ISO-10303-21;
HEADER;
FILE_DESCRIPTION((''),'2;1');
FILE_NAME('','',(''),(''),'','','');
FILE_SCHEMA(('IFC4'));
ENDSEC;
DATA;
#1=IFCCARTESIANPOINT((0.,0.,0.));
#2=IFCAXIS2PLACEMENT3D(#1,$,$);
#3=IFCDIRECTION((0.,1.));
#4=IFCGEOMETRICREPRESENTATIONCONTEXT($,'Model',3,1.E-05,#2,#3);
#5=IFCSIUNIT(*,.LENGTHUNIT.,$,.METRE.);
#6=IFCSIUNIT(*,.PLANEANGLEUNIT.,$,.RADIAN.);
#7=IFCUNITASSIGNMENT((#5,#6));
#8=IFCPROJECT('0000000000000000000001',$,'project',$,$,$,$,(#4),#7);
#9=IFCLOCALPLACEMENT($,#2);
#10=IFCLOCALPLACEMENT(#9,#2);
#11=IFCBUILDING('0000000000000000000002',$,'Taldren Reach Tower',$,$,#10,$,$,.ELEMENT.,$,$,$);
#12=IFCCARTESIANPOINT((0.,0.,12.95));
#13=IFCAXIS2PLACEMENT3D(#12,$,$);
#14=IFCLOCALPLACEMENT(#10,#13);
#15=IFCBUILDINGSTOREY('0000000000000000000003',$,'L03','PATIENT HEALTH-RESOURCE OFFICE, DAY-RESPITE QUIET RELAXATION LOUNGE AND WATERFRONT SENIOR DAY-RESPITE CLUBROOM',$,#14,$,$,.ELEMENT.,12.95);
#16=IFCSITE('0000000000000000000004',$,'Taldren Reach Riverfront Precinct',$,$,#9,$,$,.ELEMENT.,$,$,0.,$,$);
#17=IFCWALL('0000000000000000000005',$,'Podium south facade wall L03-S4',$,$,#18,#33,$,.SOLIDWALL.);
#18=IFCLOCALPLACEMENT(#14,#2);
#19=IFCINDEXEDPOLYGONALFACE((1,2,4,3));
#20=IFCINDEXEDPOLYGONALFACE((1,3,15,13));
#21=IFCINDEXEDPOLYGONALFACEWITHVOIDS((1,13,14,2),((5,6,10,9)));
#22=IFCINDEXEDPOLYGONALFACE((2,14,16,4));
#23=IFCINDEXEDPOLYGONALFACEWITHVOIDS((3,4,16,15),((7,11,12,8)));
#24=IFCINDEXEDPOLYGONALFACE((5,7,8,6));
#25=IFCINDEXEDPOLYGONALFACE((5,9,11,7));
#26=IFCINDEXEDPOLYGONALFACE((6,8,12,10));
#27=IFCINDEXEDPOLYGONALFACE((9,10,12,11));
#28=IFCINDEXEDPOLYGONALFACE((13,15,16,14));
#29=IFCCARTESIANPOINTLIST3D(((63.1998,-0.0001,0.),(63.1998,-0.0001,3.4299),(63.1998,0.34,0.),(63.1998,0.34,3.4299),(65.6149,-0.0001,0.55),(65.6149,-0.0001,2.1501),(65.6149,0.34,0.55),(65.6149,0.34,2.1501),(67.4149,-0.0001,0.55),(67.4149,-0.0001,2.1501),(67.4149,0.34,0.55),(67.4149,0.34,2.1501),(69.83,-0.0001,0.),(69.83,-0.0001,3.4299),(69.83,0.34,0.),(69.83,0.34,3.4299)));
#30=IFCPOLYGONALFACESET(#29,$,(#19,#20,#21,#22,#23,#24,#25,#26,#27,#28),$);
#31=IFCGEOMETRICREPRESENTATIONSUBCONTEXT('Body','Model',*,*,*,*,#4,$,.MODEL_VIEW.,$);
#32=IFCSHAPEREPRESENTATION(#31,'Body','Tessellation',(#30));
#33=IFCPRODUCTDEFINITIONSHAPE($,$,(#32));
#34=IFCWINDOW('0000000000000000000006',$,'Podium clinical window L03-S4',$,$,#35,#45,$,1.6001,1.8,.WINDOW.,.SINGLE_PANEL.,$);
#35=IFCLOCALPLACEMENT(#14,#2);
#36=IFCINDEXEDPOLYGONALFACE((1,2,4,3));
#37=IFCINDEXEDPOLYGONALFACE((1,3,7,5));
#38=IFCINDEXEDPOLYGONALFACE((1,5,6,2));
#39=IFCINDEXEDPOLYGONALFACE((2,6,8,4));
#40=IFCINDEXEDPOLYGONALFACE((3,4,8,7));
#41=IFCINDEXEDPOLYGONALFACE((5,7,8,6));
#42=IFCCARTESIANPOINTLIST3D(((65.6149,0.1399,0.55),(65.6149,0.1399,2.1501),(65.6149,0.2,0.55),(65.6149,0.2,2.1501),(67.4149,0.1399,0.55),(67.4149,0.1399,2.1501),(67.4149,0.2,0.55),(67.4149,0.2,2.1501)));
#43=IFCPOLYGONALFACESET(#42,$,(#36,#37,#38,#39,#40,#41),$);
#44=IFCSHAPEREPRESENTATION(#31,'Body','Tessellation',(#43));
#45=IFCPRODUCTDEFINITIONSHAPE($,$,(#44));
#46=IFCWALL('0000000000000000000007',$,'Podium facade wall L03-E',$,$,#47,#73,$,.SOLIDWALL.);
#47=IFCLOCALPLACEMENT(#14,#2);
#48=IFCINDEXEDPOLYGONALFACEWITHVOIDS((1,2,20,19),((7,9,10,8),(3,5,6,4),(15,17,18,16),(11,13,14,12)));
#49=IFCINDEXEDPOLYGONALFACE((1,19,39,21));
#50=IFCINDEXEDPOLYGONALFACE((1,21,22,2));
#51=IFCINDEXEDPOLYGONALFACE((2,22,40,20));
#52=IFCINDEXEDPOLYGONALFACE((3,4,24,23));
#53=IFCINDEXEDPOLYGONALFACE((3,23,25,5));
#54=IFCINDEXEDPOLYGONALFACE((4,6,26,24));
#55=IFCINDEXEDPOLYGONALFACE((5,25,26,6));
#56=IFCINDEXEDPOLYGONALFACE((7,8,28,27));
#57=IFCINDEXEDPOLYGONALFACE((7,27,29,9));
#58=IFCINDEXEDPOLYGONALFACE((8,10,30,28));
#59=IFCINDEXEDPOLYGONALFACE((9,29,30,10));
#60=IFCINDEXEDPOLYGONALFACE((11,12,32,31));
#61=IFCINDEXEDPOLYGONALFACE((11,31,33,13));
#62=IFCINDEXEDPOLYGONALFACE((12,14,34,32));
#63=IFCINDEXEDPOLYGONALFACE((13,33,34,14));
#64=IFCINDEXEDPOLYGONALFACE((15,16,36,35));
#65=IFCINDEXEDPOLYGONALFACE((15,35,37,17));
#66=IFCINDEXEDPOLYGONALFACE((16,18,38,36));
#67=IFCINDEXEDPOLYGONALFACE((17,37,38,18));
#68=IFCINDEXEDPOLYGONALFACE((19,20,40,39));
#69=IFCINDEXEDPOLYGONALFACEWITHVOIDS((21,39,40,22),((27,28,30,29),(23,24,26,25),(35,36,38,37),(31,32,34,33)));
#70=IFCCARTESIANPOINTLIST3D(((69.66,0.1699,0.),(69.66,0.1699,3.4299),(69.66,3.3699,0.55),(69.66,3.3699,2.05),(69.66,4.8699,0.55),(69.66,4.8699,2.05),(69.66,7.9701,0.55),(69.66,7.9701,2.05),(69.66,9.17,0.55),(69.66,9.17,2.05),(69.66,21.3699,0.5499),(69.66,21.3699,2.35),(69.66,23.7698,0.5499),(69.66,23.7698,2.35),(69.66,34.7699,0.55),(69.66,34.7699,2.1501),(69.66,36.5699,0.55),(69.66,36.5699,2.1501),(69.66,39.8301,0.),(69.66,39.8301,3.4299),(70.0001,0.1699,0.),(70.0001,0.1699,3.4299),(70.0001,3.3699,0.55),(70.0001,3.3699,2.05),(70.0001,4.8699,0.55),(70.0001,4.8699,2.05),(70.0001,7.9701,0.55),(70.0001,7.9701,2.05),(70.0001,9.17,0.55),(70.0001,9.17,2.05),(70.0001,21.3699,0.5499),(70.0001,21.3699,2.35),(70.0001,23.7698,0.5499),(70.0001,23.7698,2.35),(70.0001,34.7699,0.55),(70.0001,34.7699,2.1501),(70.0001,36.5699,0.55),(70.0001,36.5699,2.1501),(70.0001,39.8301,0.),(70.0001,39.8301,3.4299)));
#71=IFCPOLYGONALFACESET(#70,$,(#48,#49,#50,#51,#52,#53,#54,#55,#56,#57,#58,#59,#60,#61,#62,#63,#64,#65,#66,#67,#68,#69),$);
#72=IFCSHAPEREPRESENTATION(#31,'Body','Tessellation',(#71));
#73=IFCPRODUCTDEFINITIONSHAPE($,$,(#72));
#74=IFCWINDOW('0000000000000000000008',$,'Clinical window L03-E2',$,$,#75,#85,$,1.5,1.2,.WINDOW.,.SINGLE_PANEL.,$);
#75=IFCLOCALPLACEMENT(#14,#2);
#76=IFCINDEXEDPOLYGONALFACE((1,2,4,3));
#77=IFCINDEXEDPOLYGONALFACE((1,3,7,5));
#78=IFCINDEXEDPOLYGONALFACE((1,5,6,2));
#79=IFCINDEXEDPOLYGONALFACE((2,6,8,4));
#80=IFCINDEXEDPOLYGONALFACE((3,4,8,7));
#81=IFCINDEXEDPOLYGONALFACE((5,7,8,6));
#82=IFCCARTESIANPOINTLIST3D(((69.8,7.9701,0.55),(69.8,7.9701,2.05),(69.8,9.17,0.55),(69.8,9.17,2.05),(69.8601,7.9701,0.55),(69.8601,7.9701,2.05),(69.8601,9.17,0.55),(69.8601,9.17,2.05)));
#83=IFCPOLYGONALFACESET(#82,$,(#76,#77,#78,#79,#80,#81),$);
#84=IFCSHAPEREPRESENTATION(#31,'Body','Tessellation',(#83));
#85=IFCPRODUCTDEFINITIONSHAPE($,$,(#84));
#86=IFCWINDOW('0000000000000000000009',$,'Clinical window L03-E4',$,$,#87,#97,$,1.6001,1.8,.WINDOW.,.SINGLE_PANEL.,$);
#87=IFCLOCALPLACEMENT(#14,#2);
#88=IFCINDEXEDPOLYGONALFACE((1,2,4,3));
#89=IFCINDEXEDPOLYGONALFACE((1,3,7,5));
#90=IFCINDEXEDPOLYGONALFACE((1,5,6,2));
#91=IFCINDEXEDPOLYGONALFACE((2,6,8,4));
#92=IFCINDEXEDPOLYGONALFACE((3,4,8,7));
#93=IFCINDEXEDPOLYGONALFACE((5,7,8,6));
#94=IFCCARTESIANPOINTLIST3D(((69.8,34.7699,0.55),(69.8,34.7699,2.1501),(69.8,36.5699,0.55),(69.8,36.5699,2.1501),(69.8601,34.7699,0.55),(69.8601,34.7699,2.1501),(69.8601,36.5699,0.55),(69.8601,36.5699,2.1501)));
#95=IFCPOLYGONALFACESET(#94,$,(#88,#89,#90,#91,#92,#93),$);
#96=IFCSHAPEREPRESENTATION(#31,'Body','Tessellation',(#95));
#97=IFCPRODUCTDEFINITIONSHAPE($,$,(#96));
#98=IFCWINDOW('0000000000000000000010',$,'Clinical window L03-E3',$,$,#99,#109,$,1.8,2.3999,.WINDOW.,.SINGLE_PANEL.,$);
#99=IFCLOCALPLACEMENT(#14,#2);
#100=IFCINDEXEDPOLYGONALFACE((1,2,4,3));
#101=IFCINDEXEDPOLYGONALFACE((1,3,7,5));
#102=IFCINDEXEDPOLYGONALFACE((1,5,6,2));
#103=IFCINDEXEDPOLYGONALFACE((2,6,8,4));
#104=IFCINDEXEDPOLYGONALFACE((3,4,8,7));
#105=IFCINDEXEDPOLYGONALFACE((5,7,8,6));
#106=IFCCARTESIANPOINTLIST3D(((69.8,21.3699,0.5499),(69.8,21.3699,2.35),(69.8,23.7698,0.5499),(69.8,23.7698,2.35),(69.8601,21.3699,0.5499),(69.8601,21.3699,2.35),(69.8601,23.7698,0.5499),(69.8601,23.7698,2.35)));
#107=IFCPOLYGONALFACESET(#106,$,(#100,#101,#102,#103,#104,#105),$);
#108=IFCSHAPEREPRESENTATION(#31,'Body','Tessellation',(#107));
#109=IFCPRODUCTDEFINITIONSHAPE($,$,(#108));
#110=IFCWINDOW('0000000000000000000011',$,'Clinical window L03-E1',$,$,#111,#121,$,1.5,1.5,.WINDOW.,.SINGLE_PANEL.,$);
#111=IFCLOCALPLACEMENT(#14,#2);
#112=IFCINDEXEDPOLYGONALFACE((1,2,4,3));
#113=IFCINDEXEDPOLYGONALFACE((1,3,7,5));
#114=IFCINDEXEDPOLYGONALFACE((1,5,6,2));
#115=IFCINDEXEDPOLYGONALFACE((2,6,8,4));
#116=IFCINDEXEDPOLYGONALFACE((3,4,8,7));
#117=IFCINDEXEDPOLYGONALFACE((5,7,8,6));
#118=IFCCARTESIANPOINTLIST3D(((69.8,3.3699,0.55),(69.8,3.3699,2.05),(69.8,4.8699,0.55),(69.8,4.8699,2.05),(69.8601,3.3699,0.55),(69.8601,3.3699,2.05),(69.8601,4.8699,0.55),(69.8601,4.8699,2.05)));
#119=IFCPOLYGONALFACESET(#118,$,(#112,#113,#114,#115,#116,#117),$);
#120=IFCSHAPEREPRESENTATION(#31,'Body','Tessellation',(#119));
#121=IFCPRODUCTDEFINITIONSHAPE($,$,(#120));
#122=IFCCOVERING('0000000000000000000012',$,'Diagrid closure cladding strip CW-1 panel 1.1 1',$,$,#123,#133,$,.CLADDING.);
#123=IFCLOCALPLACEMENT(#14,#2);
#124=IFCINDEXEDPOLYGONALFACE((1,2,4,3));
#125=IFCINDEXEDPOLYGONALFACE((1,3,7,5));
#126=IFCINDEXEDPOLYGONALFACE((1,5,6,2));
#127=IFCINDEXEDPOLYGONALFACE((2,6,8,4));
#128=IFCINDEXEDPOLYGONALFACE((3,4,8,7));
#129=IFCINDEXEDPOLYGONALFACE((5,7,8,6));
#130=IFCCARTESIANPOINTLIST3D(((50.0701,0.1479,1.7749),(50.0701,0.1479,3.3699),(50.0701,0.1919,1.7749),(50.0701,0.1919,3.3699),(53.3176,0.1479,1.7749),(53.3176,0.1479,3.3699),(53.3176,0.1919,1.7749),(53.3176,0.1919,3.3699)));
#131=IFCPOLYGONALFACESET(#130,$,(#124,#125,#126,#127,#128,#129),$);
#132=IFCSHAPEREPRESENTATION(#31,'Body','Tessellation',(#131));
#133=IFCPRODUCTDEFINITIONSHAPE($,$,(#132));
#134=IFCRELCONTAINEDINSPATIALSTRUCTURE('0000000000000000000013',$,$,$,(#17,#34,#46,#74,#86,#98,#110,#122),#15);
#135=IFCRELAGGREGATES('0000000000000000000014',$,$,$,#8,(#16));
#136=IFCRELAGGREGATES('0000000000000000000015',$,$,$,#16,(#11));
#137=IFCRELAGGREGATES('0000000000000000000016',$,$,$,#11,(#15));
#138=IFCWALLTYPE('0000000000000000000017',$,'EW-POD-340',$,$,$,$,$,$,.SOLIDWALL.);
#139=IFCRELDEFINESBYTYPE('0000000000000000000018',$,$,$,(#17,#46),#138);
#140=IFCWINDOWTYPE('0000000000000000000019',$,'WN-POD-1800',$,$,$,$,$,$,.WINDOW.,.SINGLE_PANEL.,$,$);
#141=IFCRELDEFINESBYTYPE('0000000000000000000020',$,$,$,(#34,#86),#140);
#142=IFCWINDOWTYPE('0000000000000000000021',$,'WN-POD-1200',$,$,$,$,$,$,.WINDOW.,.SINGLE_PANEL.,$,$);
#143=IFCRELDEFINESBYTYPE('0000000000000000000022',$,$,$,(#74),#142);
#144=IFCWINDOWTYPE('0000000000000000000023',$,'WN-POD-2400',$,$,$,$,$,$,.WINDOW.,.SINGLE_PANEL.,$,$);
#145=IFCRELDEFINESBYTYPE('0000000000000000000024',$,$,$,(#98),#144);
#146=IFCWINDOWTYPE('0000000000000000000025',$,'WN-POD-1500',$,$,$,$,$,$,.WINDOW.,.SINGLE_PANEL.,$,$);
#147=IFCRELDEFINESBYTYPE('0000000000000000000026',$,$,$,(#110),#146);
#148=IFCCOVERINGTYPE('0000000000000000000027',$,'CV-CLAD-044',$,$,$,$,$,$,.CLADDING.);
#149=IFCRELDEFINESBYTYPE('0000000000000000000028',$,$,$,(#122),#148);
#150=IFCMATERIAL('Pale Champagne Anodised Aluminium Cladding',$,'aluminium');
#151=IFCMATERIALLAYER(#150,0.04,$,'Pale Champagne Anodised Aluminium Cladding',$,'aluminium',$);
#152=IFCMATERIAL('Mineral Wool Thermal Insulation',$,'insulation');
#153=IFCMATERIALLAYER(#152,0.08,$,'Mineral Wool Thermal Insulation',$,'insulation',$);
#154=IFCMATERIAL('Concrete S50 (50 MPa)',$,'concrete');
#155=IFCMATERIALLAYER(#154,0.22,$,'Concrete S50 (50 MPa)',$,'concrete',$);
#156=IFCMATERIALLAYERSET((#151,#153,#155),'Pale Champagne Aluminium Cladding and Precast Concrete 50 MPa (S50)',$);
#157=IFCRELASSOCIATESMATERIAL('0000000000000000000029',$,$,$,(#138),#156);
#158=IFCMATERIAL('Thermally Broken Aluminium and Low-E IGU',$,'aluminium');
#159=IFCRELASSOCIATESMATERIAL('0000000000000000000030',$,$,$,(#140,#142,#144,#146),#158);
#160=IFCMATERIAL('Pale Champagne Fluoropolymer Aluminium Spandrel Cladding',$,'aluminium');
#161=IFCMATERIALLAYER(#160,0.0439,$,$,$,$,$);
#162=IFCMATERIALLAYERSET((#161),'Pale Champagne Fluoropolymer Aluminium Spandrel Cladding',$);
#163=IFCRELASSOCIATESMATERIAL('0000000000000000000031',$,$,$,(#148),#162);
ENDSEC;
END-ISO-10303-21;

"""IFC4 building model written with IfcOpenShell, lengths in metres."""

from ifc_helpers import new_model, si_unit, direction, frame, frame_2d, origin, origin_2d, place, context, subcontext, project, spatial, rectangle, extrude, source, transform, mapped, material, layer, layer_set, type_object, element, fill, save


model = new_model("IFC4")

# Units and contexts
model_context = context("Model", 3, precision=1e-05, world=origin(), true_north=direction((0.0, 1.0)))
body_context = subcontext(model_context, "Body", "Model", "MODEL_VIEW")
ifc_project = project(units=[si_unit("LENGTHUNIT", "METRE"), si_unit("PLANEANGLEUNIT", "RADIAN")], contexts=[model_context])

# Site, building, storey
site_placement = place(None, origin())
site = spatial("IfcSite", under=ifc_project, at=site_placement, Name="Taldren Reach Riverfront Precinct", CompositionType="ELEMENT", RefElevation=0.0)
building_placement = place(site_placement, origin())
building = spatial("IfcBuilding", under=site, at=building_placement, Name="Taldren Reach Tower", CompositionType="ELEMENT")
storey_placement = place(building_placement, frame((0.0, 0.0, 12.95)))
storey = spatial("IfcBuildingStorey", under=building, at=storey_placement, Name="L03", Description="PATIENT HEALTH-RESOURCE OFFICE, DAY-RESPITE QUIET RELAXATION LOUNGE AND WATERFRONT SENIOR DAY-RESPITE CLUBROOM", CompositionType="ELEMENT", Elevation=12.95)

# Wall, opening, window
ifc_material_1 = material(Name="Pale Champagne Anodised Aluminium Cladding", Category="aluminium")
ifc_layer_1 = layer(ifc_material_1, 0.04, Name="Pale Champagne Anodised Aluminium Cladding", Category="aluminium")
ifc_material_2 = material(Name="Mineral Wool Thermal Insulation", Category="insulation")
ifc_layer_2 = layer(ifc_material_2, 0.08, Name="Mineral Wool Thermal Insulation", Category="insulation")
ifc_material_3 = material(Name="Concrete S50 (50 MPa)", Category="concrete")
ifc_layer_3 = layer(ifc_material_3, 0.22, Name="Concrete S50 (50 MPa)", Category="concrete")
ifc_layer_set_1 = layer_set([ifc_layer_1, ifc_layer_2, ifc_layer_3], Name="Pale Champagne Aluminium Cladding and Precast Concrete 50 MPa (S50)")
wall_type = type_object("IfcWallType", Name="EW-POD-340", PredefinedType="SOLIDWALL", material=ifc_layer_set_1)
shared_shape_1 = source(origin(), body_context, "Body", "SweptSolid", [
    extrude(rectangle(XDim=6.6301, YDim=0.3401, at=frame_2d((3.3149, 0.0))), origin(), (0.0, 0.0, 1.0), 3.4299),
])
wall_1_placement = place(storey_placement, frame((63.2, 0.1699, 0.0), z_axis=(0.0, 0.0, 1.0), x_axis=(1.0, 0.0, 0.0)))
wall_1 = element("IfcWall", 1, at=wall_1_placement, inside=storey, type_object=wall_type, Name="Podium south facade wall L03-S4", PredefinedType="SOLIDWALL", context=body_context, shape_type="MappedRepresentation", body=[
    mapped(shared_shape_1, transform((0.0, 0.0, 0.0), scale=1.0)),
])
shared_shape_2 = source(origin(), body_context, "Body", "SweptSolid", [
    extrude(rectangle(XDim=1.8, YDim=1.6001, at=frame_2d((0.8999, 0.8))), frame((0.0, 0.1802, 0.0), z_axis=(0.0, -1.0, 0.0), x_axis=(1.0, 0.0, 0.0)), (0.0, 0.0, 1.0), 0.3601),
])
opening_1_placement = place(wall_1_placement, frame((2.415, 0.0, 0.55)))
opening_1 = element("IfcOpeningElement", 2, at=opening_1_placement, cuts=wall_1, PredefinedType="OPENING", context=body_context, shape_type="MappedRepresentation", body=[
    mapped(shared_shape_2, transform((0.0, 0.0, 0.0), scale=1.0)),
])
ifc_material_4 = material(Name="Thermally Broken Aluminium and Low-E IGU", Category="aluminium")
window_type_1 = type_object("IfcWindowType", Name="WN-POD-1800", PartitioningType="SINGLE_PANEL", PredefinedType="WINDOW", material=ifc_material_4)
shared_shape_3 = source(origin(), body_context, "Body", "SweptSolid", [
    extrude(rectangle(XDim=1.8, YDim=1.6001, at=frame_2d((0.8999, 0.8))), frame((0.0, 0.03, 0.0), z_axis=(0.0, -1.0, 0.0), x_axis=(1.0, 0.0, 0.0)), (0.0, 0.0, 1.0), 0.0601),
])
window_1_placement = place(opening_1_placement, origin())
window_1 = element("IfcWindow", 3, at=window_1_placement, inside=storey, type_object=window_type_1, Name="Podium clinical window L03-S4", OverallHeight=1.6001, OverallWidth=1.8, PartitioningType="SINGLE_PANEL", PredefinedType="WINDOW", context=body_context, shape_type="MappedRepresentation", body=[
    mapped(shared_shape_3, transform((0.0, 0.0, 0.0), scale=1.0)),
])
fill(opening_1, window_1)

# Wall, openings, windows
shared_shape_4 = source(origin(), body_context, "Body", "SweptSolid", [
    extrude(rectangle(XDim=39.6602, YDim=0.3401, at=frame_2d((19.8301, 0.0))), origin(), (0.0, 0.0, 1.0), 3.4299),
])
wall_2_placement = place(storey_placement, frame((69.8301, 0.1699, 0.0), z_axis=(0.0, 0.0, 1.0), x_axis=(0.0, 1.0, 0.0)))
wall_2 = element("IfcWall", 4, at=wall_2_placement, inside=storey, type_object=wall_type, Name="Podium facade wall L03-E", PredefinedType="SOLIDWALL", context=body_context, shape_type="MappedRepresentation", body=[
    mapped(shared_shape_4, transform((0.0, 0.0, 0.0), scale=1.0)),
])
shared_shape_5 = source(origin(), body_context, "Body", "SweptSolid", [
    extrude(rectangle(XDim=1.5, YDim=1.5, at=frame_2d((0.75, 0.75))), frame((0.0, 0.1802, 0.0), z_axis=(0.0, -1.0, 0.0), x_axis=(1.0, 0.0, 0.0)), (0.0, 0.0, 1.0), 0.3601),
])
opening_2_placement = place(wall_2_placement, frame((3.2, 0.0, 0.55)))
opening_2 = element("IfcOpeningElement", 5, at=opening_2_placement, cuts=wall_2, PredefinedType="OPENING", context=body_context, shape_type="MappedRepresentation", body=[
    mapped(shared_shape_5, transform((0.0, 0.0, 0.0), scale=1.0)),
])
shared_shape_6 = source(origin(), body_context, "Body", "SweptSolid", [
    extrude(rectangle(XDim=1.2, YDim=1.5, at=frame_2d((0.6001, 0.75))), frame((0.0, 0.1802, 0.0), z_axis=(0.0, -1.0, 0.0), x_axis=(1.0, 0.0, 0.0)), (0.0, 0.0, 1.0), 0.3601),
])
opening_3_placement = place(wall_2_placement, frame((7.8, 0.0, 0.55)))
opening_3 = element("IfcOpeningElement", 6, at=opening_3_placement, cuts=wall_2, PredefinedType="OPENING", context=body_context, shape_type="MappedRepresentation", body=[
    mapped(shared_shape_6, transform((0.0, 0.0, 0.0), scale=1.0)),
])
shared_shape_7 = source(origin(), body_context, "Body", "SweptSolid", [
    extrude(rectangle(XDim=2.3999, YDim=1.8, at=frame_2d((1.2, 0.8999))), frame((0.0, 0.1802, 0.0), z_axis=(0.0, -1.0, 0.0), x_axis=(1.0, 0.0, 0.0)), (0.0, 0.0, 1.0), 0.3601),
])
opening_4_placement = place(wall_2_placement, frame((21.2, 0.0, 0.55)))
opening_4 = element("IfcOpeningElement", 7, at=opening_4_placement, cuts=wall_2, PredefinedType="OPENING", context=body_context, shape_type="MappedRepresentation", body=[
    mapped(shared_shape_7, transform((0.0, 0.0, 0.0), scale=1.0)),
])
opening_5_placement = place(wall_2_placement, frame((34.6001, 0.0, 0.55)))
opening_5 = element("IfcOpeningElement", 8, at=opening_5_placement, cuts=wall_2, PredefinedType="OPENING", context=body_context, shape_type="MappedRepresentation", body=[
    mapped(shared_shape_2, transform((0.0, 0.0, 0.0), scale=1.0)),
])
window_type_2 = type_object("IfcWindowType", Name="WN-POD-1200", PartitioningType="SINGLE_PANEL", PredefinedType="WINDOW", material=ifc_material_4)
shared_shape_8 = source(origin(), body_context, "Body", "SweptSolid", [
    extrude(rectangle(XDim=1.2, YDim=1.5, at=frame_2d((0.6001, 0.75))), frame((0.0, 0.03, 0.0), z_axis=(0.0, -1.0, 0.0), x_axis=(1.0, 0.0, 0.0)), (0.0, 0.0, 1.0), 0.0601),
])
window_2_placement = place(opening_3_placement, origin())
window_2 = element("IfcWindow", 9, at=window_2_placement, inside=storey, type_object=window_type_2, Name="Clinical window L03-E2", OverallHeight=1.5, OverallWidth=1.2, PartitioningType="SINGLE_PANEL", PredefinedType="WINDOW", context=body_context, shape_type="MappedRepresentation", body=[
    mapped(shared_shape_8, transform((0.0, 0.0, 0.0), scale=1.0)),
])
fill(opening_3, window_2)
window_3_placement = place(opening_5_placement, origin())
window_3 = element("IfcWindow", 10, at=window_3_placement, inside=storey, type_object=window_type_1, Name="Clinical window L03-E4", OverallHeight=1.6001, OverallWidth=1.8, PartitioningType="SINGLE_PANEL", PredefinedType="WINDOW", context=body_context, shape_type="MappedRepresentation", body=[
    mapped(shared_shape_3, transform((0.0, 0.0, 0.0), scale=1.0)),
])
fill(opening_5, window_3)
window_type_3 = type_object("IfcWindowType", Name="WN-POD-2400", PartitioningType="SINGLE_PANEL", PredefinedType="WINDOW", material=ifc_material_4)
shared_shape_9 = source(origin(), body_context, "Body", "SweptSolid", [
    extrude(rectangle(XDim=2.3999, YDim=1.8, at=frame_2d((1.2, 0.8999))), frame((0.0, 0.03, 0.0), z_axis=(0.0, -1.0, 0.0), x_axis=(1.0, 0.0, 0.0)), (0.0, 0.0, 1.0), 0.0601),
])
window_4_placement = place(opening_4_placement, origin())
window_4 = element("IfcWindow", 11, at=window_4_placement, inside=storey, type_object=window_type_3, Name="Clinical window L03-E3", OverallHeight=1.8, OverallWidth=2.3999, PartitioningType="SINGLE_PANEL", PredefinedType="WINDOW", context=body_context, shape_type="MappedRepresentation", body=[
    mapped(shared_shape_9, transform((0.0, 0.0, 0.0), scale=1.0)),
])
fill(opening_4, window_4)
window_type_4 = type_object("IfcWindowType", Name="WN-POD-1500", PartitioningType="SINGLE_PANEL", PredefinedType="WINDOW", material=ifc_material_4)
shared_shape_10 = source(origin(), body_context, "Body", "SweptSolid", [
    extrude(rectangle(XDim=1.5, YDim=1.5, at=frame_2d((0.75, 0.75))), frame((0.0, 0.03, 0.0), z_axis=(0.0, -1.0, 0.0), x_axis=(1.0, 0.0, 0.0)), (0.0, 0.0, 1.0), 0.0601),
])
window_5_placement = place(opening_2_placement, origin())
window_5 = element("IfcWindow", 12, at=window_5_placement, inside=storey, type_object=window_type_4, Name="Clinical window L03-E1", OverallHeight=1.5, OverallWidth=1.5, PartitioningType="SINGLE_PANEL", PredefinedType="WINDOW", context=body_context, shape_type="MappedRepresentation", body=[
    mapped(shared_shape_10, transform((0.0, 0.0, 0.0), scale=1.0)),
])
fill(opening_2, window_5)

# Covering
ifc_material_5 = material(Name="Pale Champagne Fluoropolymer Aluminium Spandrel Cladding", Category="aluminium")
ifc_layer_4 = layer(ifc_material_5, 0.0439)
ifc_layer_set_2 = layer_set([ifc_layer_4], Name="Pale Champagne Fluoropolymer Aluminium Spandrel Cladding")
covering_type = type_object("IfcCoveringType", Name="CV-CLAD-044", PredefinedType="CLADDING", material=ifc_layer_set_2)
shared_shape_11 = source(origin(), body_context, "Body", "SweptSolid", [
    extrude(rectangle(XDim=3.2476, YDim=0.0439, at=origin_2d()), origin(), (0.0, 0.0, 1.0), 1.595),
])
covering_placement = place(storey_placement, frame((51.6938, 0.1699, 1.7749), z_axis=(0.0, 0.0, 1.0), x_axis=(1.0, 0.0, 0.0)))
element("IfcCovering", 13, at=covering_placement, inside=storey, type_object=covering_type, Name="Diagrid closure cladding strip CW-1 panel 1.1 1", PredefinedType="CLADDING", context=body_context, shape_type="MappedRepresentation", body=[
    mapped(shared_shape_11, transform((0.0, 0.0, 0.0), scale=1.0)),
])

save(model, "model.ifc")
